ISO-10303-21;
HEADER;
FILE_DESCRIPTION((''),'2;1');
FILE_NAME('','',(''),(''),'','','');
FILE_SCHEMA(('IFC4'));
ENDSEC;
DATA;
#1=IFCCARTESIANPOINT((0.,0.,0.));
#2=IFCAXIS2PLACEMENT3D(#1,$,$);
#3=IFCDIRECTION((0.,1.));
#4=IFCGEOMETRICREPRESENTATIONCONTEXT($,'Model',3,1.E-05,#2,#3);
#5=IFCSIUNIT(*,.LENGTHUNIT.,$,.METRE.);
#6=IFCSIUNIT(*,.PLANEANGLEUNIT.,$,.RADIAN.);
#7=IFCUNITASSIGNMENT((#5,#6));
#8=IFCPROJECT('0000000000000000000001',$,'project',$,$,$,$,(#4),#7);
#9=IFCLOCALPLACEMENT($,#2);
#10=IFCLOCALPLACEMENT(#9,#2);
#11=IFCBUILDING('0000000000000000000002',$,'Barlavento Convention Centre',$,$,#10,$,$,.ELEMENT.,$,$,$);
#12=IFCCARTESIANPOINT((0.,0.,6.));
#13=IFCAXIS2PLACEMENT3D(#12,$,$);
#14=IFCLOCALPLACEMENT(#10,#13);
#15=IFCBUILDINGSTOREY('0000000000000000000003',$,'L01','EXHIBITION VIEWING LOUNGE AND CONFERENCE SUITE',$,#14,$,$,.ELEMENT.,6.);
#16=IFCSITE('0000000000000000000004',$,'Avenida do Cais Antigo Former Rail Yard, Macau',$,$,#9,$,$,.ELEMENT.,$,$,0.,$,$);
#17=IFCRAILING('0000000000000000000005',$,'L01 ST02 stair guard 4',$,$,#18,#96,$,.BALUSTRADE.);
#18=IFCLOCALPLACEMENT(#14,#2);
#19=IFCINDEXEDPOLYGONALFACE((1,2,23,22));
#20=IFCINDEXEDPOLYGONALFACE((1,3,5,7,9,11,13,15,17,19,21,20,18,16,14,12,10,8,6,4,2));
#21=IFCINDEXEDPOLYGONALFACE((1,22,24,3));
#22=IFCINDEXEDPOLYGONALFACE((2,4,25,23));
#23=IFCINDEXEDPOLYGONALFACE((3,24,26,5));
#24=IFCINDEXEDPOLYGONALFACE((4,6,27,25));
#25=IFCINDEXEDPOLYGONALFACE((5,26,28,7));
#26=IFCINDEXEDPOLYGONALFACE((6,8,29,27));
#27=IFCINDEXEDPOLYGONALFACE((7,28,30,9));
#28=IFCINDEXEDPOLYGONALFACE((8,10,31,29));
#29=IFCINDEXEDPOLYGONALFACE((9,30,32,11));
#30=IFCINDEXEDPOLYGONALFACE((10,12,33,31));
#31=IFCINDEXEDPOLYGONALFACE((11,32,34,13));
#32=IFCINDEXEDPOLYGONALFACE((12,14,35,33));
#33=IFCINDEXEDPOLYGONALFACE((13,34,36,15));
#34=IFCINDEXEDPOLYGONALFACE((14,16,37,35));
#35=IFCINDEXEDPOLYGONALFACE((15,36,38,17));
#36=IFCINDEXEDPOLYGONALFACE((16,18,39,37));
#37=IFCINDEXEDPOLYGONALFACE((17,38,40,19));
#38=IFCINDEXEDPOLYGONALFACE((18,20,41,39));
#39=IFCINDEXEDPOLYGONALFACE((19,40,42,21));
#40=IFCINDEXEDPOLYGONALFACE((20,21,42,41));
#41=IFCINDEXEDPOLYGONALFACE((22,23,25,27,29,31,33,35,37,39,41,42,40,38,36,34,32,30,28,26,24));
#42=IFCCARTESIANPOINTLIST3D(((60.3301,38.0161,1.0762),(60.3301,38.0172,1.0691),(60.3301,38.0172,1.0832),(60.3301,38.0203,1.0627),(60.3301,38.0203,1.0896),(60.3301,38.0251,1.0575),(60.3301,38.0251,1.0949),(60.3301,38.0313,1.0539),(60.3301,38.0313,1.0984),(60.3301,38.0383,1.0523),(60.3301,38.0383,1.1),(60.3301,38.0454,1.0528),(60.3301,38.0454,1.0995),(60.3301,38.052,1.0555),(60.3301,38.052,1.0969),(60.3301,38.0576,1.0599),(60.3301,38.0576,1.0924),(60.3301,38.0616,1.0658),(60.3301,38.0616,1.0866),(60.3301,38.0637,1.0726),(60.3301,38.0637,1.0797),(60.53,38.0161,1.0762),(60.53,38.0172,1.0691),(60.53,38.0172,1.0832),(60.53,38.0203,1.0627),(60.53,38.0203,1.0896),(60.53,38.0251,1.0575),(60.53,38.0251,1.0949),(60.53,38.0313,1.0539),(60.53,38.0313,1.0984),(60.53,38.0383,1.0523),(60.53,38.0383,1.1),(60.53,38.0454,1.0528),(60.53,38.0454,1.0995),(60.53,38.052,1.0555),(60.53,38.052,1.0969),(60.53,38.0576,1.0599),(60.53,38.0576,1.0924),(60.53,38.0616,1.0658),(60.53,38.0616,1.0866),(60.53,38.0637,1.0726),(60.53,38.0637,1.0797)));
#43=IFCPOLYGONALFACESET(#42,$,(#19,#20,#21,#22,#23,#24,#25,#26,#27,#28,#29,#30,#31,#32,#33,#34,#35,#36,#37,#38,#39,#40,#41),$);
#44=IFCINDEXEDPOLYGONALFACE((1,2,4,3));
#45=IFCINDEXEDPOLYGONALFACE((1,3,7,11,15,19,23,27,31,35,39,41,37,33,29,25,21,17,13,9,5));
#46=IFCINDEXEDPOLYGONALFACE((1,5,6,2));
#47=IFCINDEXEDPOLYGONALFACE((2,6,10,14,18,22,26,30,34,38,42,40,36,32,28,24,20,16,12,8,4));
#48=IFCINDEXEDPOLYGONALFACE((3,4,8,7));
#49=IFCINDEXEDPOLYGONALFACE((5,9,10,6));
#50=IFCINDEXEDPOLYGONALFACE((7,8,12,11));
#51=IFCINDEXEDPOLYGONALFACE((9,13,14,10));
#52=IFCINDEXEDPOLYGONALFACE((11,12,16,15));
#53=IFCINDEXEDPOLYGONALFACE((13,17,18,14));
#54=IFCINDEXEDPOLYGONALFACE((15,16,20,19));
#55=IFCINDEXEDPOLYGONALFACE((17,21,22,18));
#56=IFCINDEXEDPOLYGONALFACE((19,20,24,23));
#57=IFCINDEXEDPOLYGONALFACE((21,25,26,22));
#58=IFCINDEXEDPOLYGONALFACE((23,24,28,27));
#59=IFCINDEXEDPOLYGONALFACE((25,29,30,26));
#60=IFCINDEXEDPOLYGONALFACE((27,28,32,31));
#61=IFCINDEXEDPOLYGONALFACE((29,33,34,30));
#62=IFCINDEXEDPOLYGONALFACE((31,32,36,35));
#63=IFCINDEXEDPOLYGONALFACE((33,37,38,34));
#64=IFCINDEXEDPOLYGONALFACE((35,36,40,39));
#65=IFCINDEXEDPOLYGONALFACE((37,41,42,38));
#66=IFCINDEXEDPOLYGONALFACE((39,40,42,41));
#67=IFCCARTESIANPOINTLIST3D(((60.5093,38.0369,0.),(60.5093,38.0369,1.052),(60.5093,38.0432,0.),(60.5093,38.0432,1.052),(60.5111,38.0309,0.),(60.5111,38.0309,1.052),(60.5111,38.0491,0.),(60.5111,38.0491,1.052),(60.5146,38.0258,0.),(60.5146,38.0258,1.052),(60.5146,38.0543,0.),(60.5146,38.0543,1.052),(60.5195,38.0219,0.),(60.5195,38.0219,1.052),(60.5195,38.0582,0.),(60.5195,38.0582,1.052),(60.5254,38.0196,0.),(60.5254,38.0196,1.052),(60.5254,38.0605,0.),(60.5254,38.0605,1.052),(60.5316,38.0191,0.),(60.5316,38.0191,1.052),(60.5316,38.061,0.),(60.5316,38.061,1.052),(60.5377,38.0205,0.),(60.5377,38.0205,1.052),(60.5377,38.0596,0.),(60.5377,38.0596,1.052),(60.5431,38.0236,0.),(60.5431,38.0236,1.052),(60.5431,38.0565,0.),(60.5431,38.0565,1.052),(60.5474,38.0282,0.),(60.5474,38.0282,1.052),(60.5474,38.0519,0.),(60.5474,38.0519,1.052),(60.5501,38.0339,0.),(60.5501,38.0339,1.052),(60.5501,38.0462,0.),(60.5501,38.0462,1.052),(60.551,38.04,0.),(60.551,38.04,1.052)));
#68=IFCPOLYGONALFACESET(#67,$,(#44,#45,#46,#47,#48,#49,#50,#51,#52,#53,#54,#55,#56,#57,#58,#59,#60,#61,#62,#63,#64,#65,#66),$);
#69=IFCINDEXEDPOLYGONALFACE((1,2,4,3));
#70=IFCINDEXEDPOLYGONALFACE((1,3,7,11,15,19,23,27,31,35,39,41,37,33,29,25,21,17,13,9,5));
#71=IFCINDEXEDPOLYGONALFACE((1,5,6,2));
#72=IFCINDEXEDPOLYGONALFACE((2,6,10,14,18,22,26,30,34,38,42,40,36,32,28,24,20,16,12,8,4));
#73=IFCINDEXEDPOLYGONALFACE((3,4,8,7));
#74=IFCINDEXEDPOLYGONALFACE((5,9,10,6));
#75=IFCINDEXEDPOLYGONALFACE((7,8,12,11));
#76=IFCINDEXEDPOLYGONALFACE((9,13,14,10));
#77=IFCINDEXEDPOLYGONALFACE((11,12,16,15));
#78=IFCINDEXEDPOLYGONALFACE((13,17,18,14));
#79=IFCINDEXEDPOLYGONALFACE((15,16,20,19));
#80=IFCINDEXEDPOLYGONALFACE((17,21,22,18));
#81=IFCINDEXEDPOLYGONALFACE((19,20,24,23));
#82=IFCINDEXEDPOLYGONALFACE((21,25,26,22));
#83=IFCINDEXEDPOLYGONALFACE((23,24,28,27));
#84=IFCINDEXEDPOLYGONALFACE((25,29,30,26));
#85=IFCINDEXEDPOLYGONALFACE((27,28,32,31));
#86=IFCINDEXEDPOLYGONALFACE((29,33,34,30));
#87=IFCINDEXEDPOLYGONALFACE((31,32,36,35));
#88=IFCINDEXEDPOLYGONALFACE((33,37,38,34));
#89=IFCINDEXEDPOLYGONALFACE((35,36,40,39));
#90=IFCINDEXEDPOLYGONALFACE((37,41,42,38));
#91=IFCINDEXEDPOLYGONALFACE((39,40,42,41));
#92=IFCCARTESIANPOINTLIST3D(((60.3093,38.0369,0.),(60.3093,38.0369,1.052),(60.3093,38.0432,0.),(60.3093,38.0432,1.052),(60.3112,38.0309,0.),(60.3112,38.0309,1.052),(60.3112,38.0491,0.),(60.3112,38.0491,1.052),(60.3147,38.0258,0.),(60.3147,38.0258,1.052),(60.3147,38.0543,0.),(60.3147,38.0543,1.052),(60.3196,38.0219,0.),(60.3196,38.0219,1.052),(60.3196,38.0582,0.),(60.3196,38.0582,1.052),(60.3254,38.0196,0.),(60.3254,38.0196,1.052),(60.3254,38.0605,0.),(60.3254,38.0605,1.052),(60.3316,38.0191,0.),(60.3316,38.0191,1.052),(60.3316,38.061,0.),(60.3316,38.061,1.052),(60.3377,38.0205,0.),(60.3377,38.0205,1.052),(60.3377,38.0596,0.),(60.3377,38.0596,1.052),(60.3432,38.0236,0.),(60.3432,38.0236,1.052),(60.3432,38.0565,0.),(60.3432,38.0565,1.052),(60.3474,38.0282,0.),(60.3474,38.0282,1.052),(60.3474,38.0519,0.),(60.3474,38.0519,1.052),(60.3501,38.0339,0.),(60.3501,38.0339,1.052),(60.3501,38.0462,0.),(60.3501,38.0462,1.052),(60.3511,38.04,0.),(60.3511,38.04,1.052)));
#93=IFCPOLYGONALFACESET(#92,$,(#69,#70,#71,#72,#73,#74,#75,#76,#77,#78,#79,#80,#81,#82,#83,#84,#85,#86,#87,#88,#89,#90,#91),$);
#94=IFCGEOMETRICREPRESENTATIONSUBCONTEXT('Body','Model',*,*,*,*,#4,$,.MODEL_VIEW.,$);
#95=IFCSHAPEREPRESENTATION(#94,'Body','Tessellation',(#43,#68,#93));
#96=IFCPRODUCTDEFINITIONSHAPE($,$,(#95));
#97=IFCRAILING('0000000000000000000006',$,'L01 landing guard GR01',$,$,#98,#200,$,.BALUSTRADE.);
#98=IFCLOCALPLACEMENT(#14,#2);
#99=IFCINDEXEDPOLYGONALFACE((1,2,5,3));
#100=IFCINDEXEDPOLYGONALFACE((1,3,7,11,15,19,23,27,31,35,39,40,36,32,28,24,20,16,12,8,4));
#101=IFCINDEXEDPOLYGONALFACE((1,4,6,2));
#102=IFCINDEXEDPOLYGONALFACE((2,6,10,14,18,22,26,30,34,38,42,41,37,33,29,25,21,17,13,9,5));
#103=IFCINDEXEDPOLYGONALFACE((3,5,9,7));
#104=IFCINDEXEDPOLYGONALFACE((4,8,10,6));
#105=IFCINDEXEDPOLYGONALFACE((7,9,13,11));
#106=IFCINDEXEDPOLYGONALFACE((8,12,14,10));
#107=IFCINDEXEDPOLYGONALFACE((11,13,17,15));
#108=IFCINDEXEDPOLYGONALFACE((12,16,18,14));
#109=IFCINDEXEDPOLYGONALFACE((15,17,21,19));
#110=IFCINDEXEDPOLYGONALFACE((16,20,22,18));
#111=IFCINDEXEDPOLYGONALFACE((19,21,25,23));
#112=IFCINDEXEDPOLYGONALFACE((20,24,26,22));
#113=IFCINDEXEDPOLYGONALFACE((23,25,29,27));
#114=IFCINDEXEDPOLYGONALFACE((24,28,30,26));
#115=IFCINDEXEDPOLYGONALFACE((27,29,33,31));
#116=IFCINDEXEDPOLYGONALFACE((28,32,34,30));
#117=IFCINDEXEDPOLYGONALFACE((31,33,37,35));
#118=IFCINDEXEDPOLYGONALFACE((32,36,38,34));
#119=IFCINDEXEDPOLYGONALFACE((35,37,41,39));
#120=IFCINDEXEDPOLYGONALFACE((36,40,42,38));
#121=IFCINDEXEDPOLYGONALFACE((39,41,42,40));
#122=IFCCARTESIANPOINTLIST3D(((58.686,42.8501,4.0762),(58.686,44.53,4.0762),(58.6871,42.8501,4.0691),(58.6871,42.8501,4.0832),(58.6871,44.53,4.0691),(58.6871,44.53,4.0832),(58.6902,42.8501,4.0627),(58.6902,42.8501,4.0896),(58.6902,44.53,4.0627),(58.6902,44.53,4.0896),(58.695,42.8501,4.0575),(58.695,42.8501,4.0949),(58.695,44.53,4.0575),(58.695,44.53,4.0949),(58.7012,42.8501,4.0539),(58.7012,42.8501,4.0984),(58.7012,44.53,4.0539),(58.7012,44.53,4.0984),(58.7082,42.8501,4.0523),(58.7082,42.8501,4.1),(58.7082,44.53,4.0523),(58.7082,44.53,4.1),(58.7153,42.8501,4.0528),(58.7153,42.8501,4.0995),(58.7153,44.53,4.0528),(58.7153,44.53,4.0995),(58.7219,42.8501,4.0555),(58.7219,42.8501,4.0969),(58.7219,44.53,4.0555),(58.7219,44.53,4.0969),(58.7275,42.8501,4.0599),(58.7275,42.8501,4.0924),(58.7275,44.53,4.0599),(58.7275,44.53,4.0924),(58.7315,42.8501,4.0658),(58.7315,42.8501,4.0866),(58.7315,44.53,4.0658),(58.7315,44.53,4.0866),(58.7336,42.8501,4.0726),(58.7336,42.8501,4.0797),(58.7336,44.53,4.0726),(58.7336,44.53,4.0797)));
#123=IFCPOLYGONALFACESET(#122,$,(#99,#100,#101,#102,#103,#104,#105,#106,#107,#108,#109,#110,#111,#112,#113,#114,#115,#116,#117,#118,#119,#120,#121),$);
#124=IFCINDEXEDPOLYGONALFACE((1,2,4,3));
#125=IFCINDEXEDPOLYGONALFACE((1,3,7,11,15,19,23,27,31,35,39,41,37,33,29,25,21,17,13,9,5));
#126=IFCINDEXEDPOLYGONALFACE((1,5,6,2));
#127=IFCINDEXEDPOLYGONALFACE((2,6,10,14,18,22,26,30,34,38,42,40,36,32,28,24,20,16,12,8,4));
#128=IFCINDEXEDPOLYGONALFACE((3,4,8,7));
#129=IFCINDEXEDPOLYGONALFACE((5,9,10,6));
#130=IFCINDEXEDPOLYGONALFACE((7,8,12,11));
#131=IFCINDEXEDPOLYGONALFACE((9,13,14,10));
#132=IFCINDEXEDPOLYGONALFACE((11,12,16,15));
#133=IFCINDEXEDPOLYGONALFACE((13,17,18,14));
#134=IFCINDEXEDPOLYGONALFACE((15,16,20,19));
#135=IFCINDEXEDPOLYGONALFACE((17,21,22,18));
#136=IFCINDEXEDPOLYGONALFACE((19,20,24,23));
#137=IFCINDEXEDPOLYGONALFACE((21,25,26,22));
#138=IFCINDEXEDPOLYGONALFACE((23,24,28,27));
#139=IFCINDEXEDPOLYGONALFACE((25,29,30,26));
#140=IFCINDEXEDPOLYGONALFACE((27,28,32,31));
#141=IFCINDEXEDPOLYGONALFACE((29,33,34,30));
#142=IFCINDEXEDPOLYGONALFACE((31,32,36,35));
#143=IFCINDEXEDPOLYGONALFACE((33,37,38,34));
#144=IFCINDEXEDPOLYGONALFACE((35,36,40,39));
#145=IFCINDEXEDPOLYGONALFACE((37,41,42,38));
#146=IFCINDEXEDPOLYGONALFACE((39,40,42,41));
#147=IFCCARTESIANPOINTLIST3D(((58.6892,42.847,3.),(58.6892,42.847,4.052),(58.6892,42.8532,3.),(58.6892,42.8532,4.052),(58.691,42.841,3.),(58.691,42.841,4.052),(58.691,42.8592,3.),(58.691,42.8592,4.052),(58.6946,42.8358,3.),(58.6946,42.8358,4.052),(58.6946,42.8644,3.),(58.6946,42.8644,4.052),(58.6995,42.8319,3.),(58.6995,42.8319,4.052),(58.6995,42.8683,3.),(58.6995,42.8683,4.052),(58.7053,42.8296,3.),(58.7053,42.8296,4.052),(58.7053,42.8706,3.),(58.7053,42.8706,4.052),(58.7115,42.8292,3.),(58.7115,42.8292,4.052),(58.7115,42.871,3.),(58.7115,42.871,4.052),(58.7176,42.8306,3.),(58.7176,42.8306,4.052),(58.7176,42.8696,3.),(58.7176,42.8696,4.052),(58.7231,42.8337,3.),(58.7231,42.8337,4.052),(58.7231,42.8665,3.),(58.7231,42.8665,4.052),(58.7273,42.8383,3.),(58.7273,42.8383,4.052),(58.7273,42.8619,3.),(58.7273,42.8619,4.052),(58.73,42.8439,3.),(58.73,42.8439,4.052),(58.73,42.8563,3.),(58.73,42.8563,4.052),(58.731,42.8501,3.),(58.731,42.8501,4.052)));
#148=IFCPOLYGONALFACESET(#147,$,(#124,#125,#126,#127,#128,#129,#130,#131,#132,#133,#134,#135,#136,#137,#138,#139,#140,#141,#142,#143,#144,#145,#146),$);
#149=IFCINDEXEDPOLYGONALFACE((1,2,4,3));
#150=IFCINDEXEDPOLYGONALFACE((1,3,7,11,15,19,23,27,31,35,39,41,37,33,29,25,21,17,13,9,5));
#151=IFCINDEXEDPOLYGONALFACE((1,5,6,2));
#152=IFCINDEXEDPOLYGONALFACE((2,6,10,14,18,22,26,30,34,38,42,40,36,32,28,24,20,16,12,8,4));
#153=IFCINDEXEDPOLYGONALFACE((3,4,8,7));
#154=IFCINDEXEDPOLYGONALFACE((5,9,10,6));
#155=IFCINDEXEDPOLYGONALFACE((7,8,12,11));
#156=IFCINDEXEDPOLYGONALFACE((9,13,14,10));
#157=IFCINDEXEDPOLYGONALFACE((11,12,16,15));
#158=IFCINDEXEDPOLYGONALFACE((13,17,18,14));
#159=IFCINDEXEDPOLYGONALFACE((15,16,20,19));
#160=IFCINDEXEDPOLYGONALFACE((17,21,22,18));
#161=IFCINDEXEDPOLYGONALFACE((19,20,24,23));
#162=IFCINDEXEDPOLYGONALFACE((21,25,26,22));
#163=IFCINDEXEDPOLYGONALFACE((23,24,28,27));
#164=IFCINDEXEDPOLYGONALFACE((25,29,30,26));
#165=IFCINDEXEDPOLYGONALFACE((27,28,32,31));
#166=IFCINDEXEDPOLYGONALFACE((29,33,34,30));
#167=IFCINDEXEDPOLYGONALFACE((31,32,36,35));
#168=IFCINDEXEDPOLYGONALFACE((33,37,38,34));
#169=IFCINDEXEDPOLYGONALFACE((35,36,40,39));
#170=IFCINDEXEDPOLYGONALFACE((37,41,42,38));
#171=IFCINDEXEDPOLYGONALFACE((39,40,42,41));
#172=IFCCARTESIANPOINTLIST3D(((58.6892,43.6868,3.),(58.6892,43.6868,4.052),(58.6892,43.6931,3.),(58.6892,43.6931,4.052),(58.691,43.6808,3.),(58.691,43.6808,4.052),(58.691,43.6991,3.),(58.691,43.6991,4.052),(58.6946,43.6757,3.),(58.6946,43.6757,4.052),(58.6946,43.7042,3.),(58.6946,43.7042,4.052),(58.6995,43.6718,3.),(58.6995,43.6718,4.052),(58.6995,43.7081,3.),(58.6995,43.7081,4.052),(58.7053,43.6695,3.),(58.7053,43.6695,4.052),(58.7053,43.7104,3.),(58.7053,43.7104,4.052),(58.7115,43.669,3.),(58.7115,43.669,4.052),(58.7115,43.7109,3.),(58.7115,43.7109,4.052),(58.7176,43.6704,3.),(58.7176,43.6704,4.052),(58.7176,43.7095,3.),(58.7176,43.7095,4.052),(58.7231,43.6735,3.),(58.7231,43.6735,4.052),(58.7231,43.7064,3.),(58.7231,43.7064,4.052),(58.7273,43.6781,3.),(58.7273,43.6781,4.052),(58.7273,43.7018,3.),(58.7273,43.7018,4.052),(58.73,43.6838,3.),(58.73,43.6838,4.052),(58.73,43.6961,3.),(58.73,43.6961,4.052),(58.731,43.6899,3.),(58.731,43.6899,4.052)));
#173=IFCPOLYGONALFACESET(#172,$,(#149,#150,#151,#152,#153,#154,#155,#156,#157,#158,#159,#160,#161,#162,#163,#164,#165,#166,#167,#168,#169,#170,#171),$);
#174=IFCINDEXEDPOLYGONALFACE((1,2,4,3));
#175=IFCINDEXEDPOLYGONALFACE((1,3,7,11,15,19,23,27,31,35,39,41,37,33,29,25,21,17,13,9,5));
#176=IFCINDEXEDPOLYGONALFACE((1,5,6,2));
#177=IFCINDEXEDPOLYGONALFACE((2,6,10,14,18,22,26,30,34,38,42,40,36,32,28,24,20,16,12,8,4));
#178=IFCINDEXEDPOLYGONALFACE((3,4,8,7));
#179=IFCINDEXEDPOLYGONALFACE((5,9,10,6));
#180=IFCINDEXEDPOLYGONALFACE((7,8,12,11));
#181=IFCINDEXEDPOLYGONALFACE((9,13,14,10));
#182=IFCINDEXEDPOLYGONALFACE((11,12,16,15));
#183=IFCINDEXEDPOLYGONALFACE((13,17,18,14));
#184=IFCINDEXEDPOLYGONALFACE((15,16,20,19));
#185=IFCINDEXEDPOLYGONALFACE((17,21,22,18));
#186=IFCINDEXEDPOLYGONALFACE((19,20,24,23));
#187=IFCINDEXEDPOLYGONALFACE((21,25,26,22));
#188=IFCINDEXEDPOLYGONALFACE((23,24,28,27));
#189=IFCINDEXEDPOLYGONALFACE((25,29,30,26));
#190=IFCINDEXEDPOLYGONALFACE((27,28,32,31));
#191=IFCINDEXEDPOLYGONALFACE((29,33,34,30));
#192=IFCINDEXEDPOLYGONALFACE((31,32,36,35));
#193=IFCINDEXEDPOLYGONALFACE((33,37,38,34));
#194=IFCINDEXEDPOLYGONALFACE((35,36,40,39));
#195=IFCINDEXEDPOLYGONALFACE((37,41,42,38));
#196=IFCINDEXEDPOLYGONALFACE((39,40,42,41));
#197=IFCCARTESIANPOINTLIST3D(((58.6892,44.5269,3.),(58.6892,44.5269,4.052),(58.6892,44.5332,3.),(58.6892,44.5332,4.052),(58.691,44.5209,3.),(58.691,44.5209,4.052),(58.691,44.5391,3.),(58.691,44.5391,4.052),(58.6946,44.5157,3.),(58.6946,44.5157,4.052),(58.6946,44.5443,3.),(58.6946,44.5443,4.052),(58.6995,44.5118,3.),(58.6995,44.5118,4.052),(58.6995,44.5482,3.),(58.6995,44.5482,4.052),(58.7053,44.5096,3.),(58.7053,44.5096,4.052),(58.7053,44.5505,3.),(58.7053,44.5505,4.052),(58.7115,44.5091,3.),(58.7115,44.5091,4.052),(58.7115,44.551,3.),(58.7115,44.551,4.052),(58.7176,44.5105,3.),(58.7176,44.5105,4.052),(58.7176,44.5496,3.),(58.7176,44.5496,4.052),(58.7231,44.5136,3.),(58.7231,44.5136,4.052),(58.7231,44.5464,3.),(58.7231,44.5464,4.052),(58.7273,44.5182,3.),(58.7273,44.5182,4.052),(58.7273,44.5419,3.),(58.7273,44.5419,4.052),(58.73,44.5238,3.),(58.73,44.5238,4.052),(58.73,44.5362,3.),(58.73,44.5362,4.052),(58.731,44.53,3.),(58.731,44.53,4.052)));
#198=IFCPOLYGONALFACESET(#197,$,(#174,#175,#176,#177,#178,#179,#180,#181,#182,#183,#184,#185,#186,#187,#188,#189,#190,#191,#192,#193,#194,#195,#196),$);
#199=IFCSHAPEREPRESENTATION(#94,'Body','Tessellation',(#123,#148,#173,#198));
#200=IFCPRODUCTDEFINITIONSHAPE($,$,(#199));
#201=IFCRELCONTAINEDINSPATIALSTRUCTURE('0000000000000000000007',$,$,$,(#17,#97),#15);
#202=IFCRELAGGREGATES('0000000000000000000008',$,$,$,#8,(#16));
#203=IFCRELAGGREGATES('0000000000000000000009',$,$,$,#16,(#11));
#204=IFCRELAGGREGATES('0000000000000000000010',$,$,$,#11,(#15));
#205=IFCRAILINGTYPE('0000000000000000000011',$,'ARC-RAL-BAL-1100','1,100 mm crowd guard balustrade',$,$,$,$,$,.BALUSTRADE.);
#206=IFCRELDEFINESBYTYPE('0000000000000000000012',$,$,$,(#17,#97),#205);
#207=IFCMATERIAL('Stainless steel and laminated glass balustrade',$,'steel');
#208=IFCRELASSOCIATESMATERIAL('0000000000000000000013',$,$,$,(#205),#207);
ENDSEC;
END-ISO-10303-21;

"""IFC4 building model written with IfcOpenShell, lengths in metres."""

from ifc_helpers import new_model, si_unit, direction, frame, origin, origin_2d, place, context, subcontext, project, spatial, circle, extrude, material, type_object, element, save


model = new_model("IFC4")

# Units and contexts
model_context = context("Model", 3, precision=1e-05, world=origin(), true_north=direction((0.0, 1.0)))
body_context = subcontext(model_context, "Body", "Model", "MODEL_VIEW")
ifc_project = project(units=[si_unit("LENGTHUNIT", "METRE"), si_unit("PLANEANGLEUNIT", "RADIAN")], contexts=[model_context])

# Site, building, storey
site_placement = place(None, origin())
site = spatial("IfcSite", under=ifc_project, at=site_placement, Name="Avenida do Cais Antigo Former Rail Yard, Macau", CompositionType="ELEMENT", RefElevation=0.0)
building_placement = place(site_placement, origin())
building = spatial("IfcBuilding", under=site, at=building_placement, Name="Barlavento Convention Centre", CompositionType="ELEMENT")
storey_placement = place(building_placement, frame((0.0, 0.0, 6.0)))
storey = spatial("IfcBuildingStorey", under=building, at=storey_placement, Name="L01", Description="EXHIBITION VIEWING LOUNGE AND CONFERENCE SUITE", CompositionType="ELEMENT", Elevation=6.0)

# Railings
ifc_material_1 = material(Name="Stainless steel and laminated glass balustrade", Category="steel")
railing_type_1 = type_object("IfcRailingType", Name="ARC-RAL-BAL-1100", Description="1,100 mm crowd guard balustrade", PredefinedType="BALUSTRADE", material=ifc_material_1)
railing_1_placement = place(storey_placement, frame((60.53, 38.04, 0.0)))
element("IfcRailing", 1, at=railing_1_placement, inside=storey, type_object=railing_type_1, Name="L01 ST02 stair guard 4", PredefinedType="BALUSTRADE", context=body_context, shape_type="SweptSolid", body=[
    extrude(circle(Radius=0.0239, at=origin_2d()), frame((0.0, 0.0, 1.0762), z_axis=(-1.0, 0.0, 0.0), x_axis=(0.0, -1.0, 0.0)), (0.0, 0.0, 1.0), 0.2),
    extrude(circle(Radius=0.021, at=origin_2d()), origin(), (0.0, 0.0, 1.0), 1.052),
    extrude(circle(Radius=0.021, at=origin_2d()), frame((-0.2, 0.0, 0.0)), (0.0, 0.0, 1.0), 1.052),
])
railing_2_placement = place(storey_placement, frame((58.71, 42.8501, 3.0)))
element("IfcRailing", 2, at=railing_2_placement, inside=storey, type_object=railing_type_1, Name="L01 landing guard GR01", PredefinedType="BALUSTRADE", context=body_context, shape_type="SweptSolid", body=[
    extrude(circle(Radius=0.0239, at=origin_2d()), frame((0.0, 0.0, 1.0762), z_axis=(0.0, 1.0, 0.0), x_axis=(-1.0, 0.0, 0.0)), (0.0, 0.0, 1.0), 1.6799),
    extrude(circle(Radius=0.021, at=origin_2d()), origin(), (0.0, 0.0, 1.0), 1.052),
    extrude(circle(Radius=0.021, at=origin_2d()), frame((0.0, 0.8398, 0.0)), (0.0, 0.0, 1.0), 1.052),
    extrude(circle(Radius=0.021, at=origin_2d()), frame((0.0, 1.6799, 0.0)), (0.0, 0.0, 1.0), 1.052),
])

save(model, "model.ifc")
